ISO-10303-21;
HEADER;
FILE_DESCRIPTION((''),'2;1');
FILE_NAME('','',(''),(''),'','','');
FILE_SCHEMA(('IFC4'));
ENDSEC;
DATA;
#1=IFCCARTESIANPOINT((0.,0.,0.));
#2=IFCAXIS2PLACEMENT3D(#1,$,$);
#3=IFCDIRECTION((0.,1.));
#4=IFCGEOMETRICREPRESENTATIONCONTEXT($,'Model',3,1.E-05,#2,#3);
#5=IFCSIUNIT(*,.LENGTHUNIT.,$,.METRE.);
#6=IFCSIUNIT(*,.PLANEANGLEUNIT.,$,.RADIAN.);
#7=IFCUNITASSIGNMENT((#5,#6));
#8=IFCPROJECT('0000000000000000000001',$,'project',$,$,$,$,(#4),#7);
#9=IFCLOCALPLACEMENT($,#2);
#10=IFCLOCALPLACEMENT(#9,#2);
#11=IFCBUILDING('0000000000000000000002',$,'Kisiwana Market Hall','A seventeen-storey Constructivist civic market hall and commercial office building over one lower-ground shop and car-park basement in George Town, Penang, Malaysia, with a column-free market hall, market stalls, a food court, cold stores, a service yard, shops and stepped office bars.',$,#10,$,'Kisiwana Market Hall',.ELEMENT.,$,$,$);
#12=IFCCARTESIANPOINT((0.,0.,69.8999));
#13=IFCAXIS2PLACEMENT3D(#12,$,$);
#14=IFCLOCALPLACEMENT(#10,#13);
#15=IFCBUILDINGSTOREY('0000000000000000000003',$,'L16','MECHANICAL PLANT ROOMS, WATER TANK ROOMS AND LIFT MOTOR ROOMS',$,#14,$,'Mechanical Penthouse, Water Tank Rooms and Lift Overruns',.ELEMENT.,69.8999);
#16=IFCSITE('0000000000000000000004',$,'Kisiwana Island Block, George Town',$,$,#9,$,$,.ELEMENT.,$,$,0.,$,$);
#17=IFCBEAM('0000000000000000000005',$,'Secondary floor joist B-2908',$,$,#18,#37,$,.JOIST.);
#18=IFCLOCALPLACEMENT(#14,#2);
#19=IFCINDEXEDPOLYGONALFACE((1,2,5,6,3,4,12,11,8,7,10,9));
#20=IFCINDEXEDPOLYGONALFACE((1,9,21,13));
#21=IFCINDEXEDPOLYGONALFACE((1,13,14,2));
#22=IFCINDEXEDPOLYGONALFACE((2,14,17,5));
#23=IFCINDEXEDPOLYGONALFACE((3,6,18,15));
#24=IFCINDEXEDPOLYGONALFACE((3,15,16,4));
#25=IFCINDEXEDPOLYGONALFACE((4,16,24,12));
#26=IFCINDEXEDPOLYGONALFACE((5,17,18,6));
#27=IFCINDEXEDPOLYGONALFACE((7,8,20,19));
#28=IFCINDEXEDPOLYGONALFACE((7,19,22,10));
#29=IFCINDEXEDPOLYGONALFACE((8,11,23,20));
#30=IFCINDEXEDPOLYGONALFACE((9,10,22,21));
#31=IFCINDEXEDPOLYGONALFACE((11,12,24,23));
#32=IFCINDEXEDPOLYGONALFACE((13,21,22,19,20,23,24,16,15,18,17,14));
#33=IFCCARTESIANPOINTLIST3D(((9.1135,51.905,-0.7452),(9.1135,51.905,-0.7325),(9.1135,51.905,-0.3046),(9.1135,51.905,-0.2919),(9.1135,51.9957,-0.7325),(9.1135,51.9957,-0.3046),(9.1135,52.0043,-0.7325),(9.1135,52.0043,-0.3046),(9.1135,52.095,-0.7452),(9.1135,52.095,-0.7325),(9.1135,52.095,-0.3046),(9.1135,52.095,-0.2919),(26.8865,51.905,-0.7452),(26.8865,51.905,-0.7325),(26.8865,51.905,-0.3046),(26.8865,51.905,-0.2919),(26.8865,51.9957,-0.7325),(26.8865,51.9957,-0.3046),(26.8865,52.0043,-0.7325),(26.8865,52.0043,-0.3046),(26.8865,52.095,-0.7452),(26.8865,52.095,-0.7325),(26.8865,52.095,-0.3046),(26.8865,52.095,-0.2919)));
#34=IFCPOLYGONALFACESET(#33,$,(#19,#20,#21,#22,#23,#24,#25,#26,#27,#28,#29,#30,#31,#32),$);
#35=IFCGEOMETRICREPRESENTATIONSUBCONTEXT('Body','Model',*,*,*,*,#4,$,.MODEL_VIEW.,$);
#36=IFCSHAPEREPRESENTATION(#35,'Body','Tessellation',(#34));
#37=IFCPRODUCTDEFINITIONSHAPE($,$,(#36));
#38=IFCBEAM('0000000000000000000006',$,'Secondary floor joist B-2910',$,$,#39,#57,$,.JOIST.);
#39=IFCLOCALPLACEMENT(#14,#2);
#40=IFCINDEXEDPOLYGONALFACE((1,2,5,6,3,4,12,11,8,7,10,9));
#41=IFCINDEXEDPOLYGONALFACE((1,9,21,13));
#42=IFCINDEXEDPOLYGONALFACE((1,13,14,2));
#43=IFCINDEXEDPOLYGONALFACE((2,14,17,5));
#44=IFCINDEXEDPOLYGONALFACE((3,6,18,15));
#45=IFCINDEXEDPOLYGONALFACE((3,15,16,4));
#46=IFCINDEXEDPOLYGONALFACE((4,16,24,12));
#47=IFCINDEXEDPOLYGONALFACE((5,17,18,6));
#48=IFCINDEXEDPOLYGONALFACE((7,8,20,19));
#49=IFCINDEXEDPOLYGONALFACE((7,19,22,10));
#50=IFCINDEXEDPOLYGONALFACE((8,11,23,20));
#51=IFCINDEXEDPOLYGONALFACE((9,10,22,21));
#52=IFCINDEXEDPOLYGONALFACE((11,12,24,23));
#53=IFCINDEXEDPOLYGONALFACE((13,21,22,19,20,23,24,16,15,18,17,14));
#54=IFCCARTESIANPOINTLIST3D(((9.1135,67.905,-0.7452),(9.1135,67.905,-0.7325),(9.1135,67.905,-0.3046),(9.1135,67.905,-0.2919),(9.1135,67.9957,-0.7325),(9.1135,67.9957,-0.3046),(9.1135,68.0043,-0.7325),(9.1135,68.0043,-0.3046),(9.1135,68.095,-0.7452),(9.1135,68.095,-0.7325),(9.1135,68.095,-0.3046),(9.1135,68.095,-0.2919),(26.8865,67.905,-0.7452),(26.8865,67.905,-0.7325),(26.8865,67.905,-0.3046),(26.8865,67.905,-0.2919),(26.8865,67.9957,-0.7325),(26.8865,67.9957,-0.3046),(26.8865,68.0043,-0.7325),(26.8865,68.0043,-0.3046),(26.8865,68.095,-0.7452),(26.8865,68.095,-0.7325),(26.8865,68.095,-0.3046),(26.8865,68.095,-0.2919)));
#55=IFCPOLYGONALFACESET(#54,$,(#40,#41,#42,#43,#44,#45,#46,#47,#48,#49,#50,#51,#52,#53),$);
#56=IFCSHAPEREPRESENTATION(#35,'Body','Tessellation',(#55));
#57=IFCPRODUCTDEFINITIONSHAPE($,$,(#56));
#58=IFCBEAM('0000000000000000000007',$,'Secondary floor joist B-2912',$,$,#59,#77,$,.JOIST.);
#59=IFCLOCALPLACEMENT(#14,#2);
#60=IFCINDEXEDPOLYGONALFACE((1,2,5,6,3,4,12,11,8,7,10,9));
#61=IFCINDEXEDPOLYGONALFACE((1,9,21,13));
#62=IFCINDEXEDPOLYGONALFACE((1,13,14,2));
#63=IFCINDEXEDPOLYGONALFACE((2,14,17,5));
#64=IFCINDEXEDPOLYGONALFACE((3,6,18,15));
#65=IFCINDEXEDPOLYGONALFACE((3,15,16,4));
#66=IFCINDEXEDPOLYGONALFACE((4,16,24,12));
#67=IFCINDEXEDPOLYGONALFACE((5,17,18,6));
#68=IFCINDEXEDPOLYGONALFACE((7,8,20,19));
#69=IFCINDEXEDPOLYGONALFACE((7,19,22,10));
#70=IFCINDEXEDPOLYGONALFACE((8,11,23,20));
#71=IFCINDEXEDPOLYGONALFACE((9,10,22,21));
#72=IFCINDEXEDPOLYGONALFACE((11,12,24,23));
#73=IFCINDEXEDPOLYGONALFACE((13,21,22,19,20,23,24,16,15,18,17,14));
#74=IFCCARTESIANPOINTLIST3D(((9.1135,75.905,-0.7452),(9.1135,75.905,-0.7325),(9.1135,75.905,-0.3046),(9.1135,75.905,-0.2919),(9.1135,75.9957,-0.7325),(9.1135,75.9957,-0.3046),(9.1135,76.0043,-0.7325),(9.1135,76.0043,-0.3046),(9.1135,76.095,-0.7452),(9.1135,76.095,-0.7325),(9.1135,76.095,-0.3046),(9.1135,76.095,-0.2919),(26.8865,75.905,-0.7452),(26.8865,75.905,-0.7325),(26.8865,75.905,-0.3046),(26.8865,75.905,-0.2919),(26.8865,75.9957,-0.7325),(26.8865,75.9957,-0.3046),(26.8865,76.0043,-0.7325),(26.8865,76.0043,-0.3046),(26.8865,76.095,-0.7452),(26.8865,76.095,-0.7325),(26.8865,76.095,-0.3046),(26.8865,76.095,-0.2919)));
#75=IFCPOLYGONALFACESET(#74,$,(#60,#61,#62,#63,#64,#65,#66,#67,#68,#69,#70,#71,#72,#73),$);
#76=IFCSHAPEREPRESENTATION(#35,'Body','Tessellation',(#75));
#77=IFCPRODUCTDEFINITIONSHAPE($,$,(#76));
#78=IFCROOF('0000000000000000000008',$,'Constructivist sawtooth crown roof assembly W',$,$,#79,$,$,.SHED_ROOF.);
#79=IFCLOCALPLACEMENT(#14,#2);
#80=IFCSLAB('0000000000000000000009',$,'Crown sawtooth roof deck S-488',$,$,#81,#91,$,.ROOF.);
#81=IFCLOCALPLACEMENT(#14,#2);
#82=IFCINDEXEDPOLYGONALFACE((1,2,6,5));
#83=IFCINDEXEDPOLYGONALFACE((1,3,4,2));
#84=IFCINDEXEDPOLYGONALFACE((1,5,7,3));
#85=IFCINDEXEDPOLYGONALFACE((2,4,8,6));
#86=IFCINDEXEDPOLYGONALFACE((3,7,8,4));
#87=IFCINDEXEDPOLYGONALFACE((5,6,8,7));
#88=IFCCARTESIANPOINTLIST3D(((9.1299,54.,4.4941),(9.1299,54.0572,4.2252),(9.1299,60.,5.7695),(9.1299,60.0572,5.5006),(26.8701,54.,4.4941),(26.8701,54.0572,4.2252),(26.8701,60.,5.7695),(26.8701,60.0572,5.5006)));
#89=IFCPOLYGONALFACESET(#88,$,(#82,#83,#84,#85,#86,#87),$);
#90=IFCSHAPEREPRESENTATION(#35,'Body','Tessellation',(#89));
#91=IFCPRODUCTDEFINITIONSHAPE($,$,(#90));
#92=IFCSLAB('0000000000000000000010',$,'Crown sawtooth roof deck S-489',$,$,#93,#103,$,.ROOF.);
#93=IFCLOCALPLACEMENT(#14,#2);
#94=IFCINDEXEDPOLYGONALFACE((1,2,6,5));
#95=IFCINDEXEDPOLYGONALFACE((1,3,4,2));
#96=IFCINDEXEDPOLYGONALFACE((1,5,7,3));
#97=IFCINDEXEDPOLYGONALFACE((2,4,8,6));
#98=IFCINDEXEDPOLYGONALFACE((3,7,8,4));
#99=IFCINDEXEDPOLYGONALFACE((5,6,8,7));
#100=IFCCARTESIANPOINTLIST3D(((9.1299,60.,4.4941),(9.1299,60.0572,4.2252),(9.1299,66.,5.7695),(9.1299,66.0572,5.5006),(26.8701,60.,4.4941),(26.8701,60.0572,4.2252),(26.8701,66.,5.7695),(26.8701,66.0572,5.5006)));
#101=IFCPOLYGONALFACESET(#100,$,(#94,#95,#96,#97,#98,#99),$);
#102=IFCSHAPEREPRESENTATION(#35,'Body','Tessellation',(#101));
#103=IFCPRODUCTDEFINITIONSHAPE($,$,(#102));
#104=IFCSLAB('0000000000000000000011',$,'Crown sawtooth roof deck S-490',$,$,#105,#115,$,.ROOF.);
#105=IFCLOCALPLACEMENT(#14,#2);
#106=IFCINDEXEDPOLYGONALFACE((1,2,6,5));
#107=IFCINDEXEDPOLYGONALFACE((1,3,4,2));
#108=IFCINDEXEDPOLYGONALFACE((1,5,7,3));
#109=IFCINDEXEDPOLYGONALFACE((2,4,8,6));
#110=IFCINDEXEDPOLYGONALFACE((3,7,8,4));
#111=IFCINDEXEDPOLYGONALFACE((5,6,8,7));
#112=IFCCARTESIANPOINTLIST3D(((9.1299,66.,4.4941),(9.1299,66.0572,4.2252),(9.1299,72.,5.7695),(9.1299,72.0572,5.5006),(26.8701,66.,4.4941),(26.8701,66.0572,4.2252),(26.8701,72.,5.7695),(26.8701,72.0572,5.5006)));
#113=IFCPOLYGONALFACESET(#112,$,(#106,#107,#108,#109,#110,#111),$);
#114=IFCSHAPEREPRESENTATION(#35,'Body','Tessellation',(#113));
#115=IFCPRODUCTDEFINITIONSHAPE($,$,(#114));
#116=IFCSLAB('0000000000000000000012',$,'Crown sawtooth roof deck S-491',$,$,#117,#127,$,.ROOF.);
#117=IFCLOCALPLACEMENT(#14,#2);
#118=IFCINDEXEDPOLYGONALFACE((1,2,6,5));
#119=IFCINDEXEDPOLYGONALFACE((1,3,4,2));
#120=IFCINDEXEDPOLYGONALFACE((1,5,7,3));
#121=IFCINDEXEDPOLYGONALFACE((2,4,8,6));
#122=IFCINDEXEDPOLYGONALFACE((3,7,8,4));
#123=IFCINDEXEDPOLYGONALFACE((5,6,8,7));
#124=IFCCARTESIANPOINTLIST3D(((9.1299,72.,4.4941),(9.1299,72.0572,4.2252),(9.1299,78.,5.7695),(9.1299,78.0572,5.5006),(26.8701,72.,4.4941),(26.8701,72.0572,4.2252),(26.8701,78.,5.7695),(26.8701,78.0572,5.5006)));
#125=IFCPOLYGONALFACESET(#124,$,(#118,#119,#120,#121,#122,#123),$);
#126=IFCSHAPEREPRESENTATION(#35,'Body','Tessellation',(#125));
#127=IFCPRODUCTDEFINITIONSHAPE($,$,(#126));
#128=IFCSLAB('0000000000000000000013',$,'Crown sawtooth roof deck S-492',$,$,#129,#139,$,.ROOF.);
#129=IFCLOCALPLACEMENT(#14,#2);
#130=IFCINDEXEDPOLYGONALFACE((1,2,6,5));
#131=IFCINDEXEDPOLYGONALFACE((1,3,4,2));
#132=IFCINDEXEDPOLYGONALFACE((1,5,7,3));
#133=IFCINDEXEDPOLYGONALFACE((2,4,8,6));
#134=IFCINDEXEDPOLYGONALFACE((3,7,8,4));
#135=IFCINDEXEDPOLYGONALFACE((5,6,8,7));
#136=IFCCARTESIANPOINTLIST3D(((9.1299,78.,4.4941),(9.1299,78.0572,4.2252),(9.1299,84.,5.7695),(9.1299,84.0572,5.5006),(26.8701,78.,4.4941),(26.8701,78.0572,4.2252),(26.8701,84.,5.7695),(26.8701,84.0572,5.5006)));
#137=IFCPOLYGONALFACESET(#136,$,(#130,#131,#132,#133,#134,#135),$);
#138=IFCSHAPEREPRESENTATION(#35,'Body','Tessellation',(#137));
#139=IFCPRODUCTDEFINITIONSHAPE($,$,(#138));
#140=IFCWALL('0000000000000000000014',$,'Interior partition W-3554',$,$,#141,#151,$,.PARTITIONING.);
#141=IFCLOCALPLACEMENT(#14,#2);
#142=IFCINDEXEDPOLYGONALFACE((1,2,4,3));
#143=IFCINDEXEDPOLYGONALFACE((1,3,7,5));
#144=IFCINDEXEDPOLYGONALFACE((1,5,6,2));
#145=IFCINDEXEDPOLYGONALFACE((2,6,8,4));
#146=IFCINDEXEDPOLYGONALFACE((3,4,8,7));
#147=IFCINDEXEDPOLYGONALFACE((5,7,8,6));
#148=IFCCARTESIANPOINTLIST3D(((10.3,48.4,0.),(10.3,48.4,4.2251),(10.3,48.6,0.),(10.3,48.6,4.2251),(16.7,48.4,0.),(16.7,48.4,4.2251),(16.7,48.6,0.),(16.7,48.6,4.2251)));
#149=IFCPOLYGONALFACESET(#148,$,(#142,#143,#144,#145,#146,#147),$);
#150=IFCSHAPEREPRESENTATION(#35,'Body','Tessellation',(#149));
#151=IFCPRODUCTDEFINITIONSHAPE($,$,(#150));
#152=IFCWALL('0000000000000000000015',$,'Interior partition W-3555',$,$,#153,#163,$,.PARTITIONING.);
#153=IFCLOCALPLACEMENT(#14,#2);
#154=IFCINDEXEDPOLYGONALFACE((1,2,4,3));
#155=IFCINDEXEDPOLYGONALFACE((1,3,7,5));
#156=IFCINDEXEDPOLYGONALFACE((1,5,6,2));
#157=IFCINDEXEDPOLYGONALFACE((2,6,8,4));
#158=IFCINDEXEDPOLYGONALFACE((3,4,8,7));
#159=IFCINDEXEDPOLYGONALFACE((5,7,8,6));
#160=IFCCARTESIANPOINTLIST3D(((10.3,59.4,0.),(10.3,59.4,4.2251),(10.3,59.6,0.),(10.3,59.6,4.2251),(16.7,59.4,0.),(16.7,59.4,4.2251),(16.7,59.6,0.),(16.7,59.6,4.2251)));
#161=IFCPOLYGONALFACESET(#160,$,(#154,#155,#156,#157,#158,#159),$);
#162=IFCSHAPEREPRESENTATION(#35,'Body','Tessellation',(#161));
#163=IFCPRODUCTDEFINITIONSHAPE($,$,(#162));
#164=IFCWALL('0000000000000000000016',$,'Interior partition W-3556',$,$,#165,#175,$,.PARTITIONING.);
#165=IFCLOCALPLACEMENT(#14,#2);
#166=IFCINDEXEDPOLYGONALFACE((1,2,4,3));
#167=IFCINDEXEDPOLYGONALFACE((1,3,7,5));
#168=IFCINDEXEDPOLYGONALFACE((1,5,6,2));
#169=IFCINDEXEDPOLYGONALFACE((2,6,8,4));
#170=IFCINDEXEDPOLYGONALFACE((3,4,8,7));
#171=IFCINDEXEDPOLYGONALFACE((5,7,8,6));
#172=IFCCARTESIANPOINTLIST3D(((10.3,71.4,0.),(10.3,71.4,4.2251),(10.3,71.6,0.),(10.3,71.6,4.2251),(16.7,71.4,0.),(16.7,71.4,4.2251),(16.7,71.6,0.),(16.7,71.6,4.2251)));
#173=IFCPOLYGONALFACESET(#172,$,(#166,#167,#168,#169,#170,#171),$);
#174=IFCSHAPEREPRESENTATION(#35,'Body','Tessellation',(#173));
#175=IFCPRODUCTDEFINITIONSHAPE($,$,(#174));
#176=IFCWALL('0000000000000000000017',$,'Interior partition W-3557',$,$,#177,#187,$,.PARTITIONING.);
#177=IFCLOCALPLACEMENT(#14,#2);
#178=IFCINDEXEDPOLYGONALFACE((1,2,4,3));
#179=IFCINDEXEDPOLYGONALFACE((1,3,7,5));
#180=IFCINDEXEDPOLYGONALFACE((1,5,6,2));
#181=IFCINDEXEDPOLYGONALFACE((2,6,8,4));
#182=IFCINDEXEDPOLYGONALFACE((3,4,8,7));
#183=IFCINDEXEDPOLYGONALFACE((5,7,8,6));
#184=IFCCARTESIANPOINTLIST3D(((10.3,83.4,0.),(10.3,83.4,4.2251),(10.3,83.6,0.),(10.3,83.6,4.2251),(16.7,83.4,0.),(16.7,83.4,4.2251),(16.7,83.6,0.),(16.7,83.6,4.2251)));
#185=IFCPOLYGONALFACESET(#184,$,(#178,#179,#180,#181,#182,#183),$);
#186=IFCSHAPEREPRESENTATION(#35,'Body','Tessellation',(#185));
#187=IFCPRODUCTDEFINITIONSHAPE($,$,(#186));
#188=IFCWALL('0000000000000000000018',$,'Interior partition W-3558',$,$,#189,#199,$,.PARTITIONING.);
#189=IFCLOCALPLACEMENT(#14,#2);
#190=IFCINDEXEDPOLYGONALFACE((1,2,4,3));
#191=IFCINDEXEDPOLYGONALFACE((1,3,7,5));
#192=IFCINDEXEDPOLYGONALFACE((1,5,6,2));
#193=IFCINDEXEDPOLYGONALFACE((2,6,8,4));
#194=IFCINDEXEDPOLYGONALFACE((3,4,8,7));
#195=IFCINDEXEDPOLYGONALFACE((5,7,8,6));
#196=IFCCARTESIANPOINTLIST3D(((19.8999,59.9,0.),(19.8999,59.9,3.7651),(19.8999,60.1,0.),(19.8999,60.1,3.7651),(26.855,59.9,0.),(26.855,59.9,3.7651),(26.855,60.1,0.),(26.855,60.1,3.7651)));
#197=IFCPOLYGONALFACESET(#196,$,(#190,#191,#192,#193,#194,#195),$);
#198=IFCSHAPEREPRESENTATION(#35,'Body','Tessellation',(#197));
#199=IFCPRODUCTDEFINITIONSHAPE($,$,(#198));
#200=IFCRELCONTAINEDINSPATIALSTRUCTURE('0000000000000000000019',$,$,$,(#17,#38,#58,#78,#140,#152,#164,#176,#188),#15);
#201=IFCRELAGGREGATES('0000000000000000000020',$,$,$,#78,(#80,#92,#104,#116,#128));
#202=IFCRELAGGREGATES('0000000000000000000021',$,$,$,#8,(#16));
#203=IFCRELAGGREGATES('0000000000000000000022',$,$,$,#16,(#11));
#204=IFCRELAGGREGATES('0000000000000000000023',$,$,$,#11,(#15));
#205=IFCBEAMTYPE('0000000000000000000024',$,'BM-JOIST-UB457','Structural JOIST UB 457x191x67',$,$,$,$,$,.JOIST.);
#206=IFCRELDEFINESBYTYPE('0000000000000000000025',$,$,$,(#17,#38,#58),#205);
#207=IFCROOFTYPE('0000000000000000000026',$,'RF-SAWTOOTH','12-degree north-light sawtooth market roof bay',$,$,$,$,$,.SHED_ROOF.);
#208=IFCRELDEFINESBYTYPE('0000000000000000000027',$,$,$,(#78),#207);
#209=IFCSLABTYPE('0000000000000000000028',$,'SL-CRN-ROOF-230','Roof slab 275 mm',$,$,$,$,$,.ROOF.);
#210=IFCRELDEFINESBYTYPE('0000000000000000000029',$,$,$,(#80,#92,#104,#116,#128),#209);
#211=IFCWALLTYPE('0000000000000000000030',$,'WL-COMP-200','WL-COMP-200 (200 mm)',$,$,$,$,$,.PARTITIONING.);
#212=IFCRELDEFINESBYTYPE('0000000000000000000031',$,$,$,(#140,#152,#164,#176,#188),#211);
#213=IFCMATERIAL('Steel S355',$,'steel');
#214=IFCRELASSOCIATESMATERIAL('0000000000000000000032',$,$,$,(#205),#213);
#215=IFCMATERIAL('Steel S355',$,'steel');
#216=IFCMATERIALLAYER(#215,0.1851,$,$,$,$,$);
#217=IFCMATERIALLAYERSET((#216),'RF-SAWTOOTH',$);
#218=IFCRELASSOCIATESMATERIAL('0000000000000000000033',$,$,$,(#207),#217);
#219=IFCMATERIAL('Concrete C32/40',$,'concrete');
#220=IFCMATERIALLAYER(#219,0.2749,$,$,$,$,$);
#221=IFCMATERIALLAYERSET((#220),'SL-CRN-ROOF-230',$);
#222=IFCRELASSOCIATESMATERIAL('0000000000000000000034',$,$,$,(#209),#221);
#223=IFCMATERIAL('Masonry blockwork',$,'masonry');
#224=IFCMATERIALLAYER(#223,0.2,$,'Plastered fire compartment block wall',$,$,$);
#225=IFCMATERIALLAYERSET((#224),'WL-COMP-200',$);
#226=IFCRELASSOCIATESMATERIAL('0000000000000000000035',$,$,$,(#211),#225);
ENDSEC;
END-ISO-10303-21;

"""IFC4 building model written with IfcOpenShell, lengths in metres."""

from ifc_helpers import new_model, si_unit, direction, frame, frame_2d, origin, origin_2d, place, context, subcontext, project, spatial, polyline, rectangle, i_section, outline, extrude, material, layer, layer_set, material_profile, profile_set, type_object, element, aggregate, save


model = new_model("IFC4")

# Units and contexts
model_context = context("Model", 3, precision=1e-05, world=origin(), true_north=direction((0.0, 1.0)))
body_context = subcontext(model_context, "Body", "Model", "MODEL_VIEW")
ifc_project = project(units=[si_unit("LENGTHUNIT", "METRE"), si_unit("PLANEANGLEUNIT", "RADIAN")], contexts=[model_context])

# Site, building, storey
site_placement = place(None, origin())
site = spatial("IfcSite", under=ifc_project, at=site_placement, Name="Kisiwana Island Block, George Town", CompositionType="ELEMENT", RefElevation=0.0)
building_placement = place(site_placement, origin())
building = spatial("IfcBuilding", under=site, at=building_placement, Name="Kisiwana Market Hall", Description="A seventeen-storey Constructivist civic market hall and commercial office building over one lower-ground shop and car-park basement in George Town, Penang, Malaysia, with a column-free market hall, market stalls, a food court, cold stores, a service yard, shops and stepped office bars.", LongName="Kisiwana Market Hall", CompositionType="ELEMENT")
storey_placement = place(building_placement, frame((0.0, 0.0, 69.8999)))
storey = spatial("IfcBuildingStorey", under=building, at=storey_placement, Name="L16", Description="MECHANICAL PLANT ROOMS, WATER TANK ROOMS AND LIFT MOTOR ROOMS", LongName="Mechanical Penthouse, Water Tank Rooms and Lift Overruns", CompositionType="ELEMENT", Elevation=69.8999)

# Beams
ifc_material_1 = material(Name="Steel S355", Category="steel")
ifc_material_profile_1 = material_profile(ifc_material_1, i_section(OverallWidth=0.1899, OverallDepth=0.4534, WebThickness=0.0085, FlangeThickness=0.0127, at=origin_2d()), Name="UB 457x191x67")
ifc_profile_set_1 = profile_set([ifc_material_profile_1], Name="Steel S355")
beam_type_1 = type_object("IfcBeamType", Name="BM-JOIST-UB457", Description="Structural JOIST UB 457x191x67", PredefinedType="JOIST", material=ifc_profile_set_1)
for number, where, z_axis, x_axis, name in (
    (1, (9.1135, 52.0, -0.5186), (1.0, 0.0, 0.0), (0.0, 1.0, 0.0), "Secondary floor joist B-2908"),
    (2, (9.1135, 68.0, -0.5186), (1.0, 0.0, 0.0), (0.0, 1.0, 0.0), "Secondary floor joist B-2910"),
    (3, (9.1135, 76.0, -0.5186), (1.0, 0.0, 0.0), (0.0, 1.0, 0.0), "Secondary floor joist B-2912"),
):
    element("IfcBeam", number, at=place(storey_placement, frame(where, z_axis=z_axis, x_axis=x_axis)), inside=storey, type_object=beam_type_1, Name=name, PredefinedType="JOIST", context=body_context, shape_type="SweptSolid", body=[
        extrude(i_section(OverallWidth=0.1899, OverallDepth=0.4534, WebThickness=0.0085, FlangeThickness=0.0127, at=origin_2d()), origin(), (0.0, 0.0, 1.0), 17.7729),
    ])

# Roof, slabs
ifc_material_2 = material(Name="Steel S355", Category="steel")
ifc_layer_1 = layer(ifc_material_2, 0.1851)
ifc_layer_set_1 = layer_set([ifc_layer_1], Name="RF-SAWTOOTH")
roof_type = type_object("IfcRoofType", Name="RF-SAWTOOTH", Description="12-degree north-light sawtooth market roof bay", PredefinedType="SHED_ROOF", material=ifc_layer_set_1)
roof_placement = place(storey_placement, origin())
roof = element("IfcRoof", 4, at=roof_placement, inside=storey, type_object=roof_type, Name="Constructivist sawtooth crown roof assembly W", PredefinedType="SHED_ROOF")
ifc_material_3 = material(Name="Concrete C32/40", Category="concrete")
ifc_layer_2 = layer(ifc_material_3, 0.2749)
ifc_layer_set_2 = layer_set([ifc_layer_2], Name="SL-CRN-ROOF-230")
slab_type = type_object("IfcSlabType", Name="SL-CRN-ROOF-230", Description="Roof slab 275 mm", PredefinedType="ROOF", material=ifc_layer_set_2)
slab_1_placement = place(storey_placement, frame((9.1299, 54.0, 4.4941), z_axis=(0.0, -0.20792, 0.978146), x_axis=(1.0, 0.0, 0.0)))
slab_1 = element("IfcSlab", 5, at=slab_1_placement, type_object=slab_type, Name="Crown sawtooth roof deck S-488", PredefinedType="ROOF", context=body_context, shape_type="SweptSolid", body=[
    extrude(outline(polyline([(0.0, 0.0), (17.7402, 0.0), (17.7402, 6.1341), (0.0, 6.1341), (0.0, 0.0)])), origin(), (0.0, 0.0, -1.0), 0.2749),
])
slab_2_placement = place(storey_placement, frame((9.1299, 60.0, 4.4941), z_axis=(0.0, -0.20792, 0.978146), x_axis=(1.0, 0.0, 0.0)))
slab_2 = element("IfcSlab", 6, at=slab_2_placement, type_object=slab_type, Name="Crown sawtooth roof deck S-489", PredefinedType="ROOF", context=body_context, shape_type="SweptSolid", body=[
    extrude(outline(polyline([(0.0, 0.0), (17.7402, 0.0), (17.7402, 6.1341), (0.0, 6.1341), (0.0, 0.0)])), origin(), (0.0, 0.0, -1.0), 0.2749),
])
slab_3_placement = place(storey_placement, frame((9.1299, 66.0, 4.4941), z_axis=(0.0, -0.20792, 0.978146), x_axis=(1.0, 0.0, 0.0)))
slab_3 = element("IfcSlab", 7, at=slab_3_placement, type_object=slab_type, Name="Crown sawtooth roof deck S-490", PredefinedType="ROOF", context=body_context, shape_type="SweptSolid", body=[
    extrude(outline(polyline([(0.0, 0.0), (17.7402, 0.0), (17.7402, 6.1341), (0.0, 6.1341), (0.0, 0.0)])), origin(), (0.0, 0.0, -1.0), 0.2749),
])
slab_4_placement = place(storey_placement, frame((9.1299, 72.0, 4.4941), z_axis=(0.0, -0.20792, 0.978146), x_axis=(1.0, 0.0, 0.0)))
slab_4 = element("IfcSlab", 8, at=slab_4_placement, type_object=slab_type, Name="Crown sawtooth roof deck S-491", PredefinedType="ROOF", context=body_context, shape_type="SweptSolid", body=[
    extrude(outline(polyline([(0.0, 0.0), (17.7402, 0.0), (17.7402, 6.1341), (0.0, 6.1341), (0.0, 0.0)])), origin(), (0.0, 0.0, -1.0), 0.2749),
])
slab_5_placement = place(storey_placement, frame((9.1299, 78.0, 4.4941), z_axis=(0.0, -0.20792, 0.978146), x_axis=(1.0, 0.0, 0.0)))
slab_5 = element("IfcSlab", 9, at=slab_5_placement, type_object=slab_type, Name="Crown sawtooth roof deck S-492", PredefinedType="ROOF", context=body_context, shape_type="SweptSolid", body=[
    extrude(outline(polyline([(0.0, 0.0), (17.7402, 0.0), (17.7402, 6.1341), (0.0, 6.1341), (0.0, 0.0)])), origin(), (0.0, 0.0, -1.0), 0.2749),
])
aggregate(roof, [slab_1, slab_2, slab_3, slab_4, slab_5])

# Walls
ifc_material_4 = material(Name="Masonry blockwork", Category="masonry")
ifc_layer_3 = layer(ifc_material_4, 0.2, Name="Plastered fire compartment block wall")
ifc_layer_set_3 = layer_set([ifc_layer_3], Name="WL-COMP-200")
wall_type_1 = type_object("IfcWallType", Name="WL-COMP-200", Description="WL-COMP-200 (200 mm)", PredefinedType="PARTITIONING", material=ifc_layer_set_3)
for number, where, z_axis, x_axis, name in (
    (10, (10.3, 48.5, 0.0), (0.0, 0.0, 1.0), (1.0, 0.0, 0.0), "Interior partition W-3554"),
    (11, (10.3, 59.5, 0.0), (0.0, 0.0, 1.0), (1.0, 0.0, 0.0), "Interior partition W-3555"),
    (12, (10.3, 71.5, 0.0), (0.0, 0.0, 1.0), (1.0, 0.0, 0.0), "Interior partition W-3556"),
    (13, (10.3, 83.5, 0.0), (0.0, 0.0, 1.0), (1.0, 0.0, 0.0), "Interior partition W-3557"),
):
    element("IfcWall", number, at=place(storey_placement, frame(where, z_axis=z_axis, x_axis=x_axis)), inside=storey, type_object=wall_type_1, Name=name, PredefinedType="PARTITIONING", context=body_context, shape_type="SweptSolid", body=[
        extrude(rectangle(XDim=6.3999, YDim=0.2, at=frame_2d((3.2, 0.0))), origin(), (0.0, 0.0, 1.0), 4.2251),
    ])
wall_placement = place(storey_placement, frame((19.8999, 60.0, 0.0), z_axis=(0.0, 0.0, 1.0), x_axis=(1.0, 0.0, 0.0)))
element("IfcWall", 14, at=wall_placement, inside=storey, type_object=wall_type_1, Name="Interior partition W-3558", PredefinedType="PARTITIONING", context=body_context, shape_type="SweptSolid", body=[
    extrude(rectangle(XDim=6.9551, YDim=0.2, at=frame_2d((3.4775, 0.0))), origin(), (0.0, 0.0, 1.0), 3.7651),
])

save(model, "model.ifc")
